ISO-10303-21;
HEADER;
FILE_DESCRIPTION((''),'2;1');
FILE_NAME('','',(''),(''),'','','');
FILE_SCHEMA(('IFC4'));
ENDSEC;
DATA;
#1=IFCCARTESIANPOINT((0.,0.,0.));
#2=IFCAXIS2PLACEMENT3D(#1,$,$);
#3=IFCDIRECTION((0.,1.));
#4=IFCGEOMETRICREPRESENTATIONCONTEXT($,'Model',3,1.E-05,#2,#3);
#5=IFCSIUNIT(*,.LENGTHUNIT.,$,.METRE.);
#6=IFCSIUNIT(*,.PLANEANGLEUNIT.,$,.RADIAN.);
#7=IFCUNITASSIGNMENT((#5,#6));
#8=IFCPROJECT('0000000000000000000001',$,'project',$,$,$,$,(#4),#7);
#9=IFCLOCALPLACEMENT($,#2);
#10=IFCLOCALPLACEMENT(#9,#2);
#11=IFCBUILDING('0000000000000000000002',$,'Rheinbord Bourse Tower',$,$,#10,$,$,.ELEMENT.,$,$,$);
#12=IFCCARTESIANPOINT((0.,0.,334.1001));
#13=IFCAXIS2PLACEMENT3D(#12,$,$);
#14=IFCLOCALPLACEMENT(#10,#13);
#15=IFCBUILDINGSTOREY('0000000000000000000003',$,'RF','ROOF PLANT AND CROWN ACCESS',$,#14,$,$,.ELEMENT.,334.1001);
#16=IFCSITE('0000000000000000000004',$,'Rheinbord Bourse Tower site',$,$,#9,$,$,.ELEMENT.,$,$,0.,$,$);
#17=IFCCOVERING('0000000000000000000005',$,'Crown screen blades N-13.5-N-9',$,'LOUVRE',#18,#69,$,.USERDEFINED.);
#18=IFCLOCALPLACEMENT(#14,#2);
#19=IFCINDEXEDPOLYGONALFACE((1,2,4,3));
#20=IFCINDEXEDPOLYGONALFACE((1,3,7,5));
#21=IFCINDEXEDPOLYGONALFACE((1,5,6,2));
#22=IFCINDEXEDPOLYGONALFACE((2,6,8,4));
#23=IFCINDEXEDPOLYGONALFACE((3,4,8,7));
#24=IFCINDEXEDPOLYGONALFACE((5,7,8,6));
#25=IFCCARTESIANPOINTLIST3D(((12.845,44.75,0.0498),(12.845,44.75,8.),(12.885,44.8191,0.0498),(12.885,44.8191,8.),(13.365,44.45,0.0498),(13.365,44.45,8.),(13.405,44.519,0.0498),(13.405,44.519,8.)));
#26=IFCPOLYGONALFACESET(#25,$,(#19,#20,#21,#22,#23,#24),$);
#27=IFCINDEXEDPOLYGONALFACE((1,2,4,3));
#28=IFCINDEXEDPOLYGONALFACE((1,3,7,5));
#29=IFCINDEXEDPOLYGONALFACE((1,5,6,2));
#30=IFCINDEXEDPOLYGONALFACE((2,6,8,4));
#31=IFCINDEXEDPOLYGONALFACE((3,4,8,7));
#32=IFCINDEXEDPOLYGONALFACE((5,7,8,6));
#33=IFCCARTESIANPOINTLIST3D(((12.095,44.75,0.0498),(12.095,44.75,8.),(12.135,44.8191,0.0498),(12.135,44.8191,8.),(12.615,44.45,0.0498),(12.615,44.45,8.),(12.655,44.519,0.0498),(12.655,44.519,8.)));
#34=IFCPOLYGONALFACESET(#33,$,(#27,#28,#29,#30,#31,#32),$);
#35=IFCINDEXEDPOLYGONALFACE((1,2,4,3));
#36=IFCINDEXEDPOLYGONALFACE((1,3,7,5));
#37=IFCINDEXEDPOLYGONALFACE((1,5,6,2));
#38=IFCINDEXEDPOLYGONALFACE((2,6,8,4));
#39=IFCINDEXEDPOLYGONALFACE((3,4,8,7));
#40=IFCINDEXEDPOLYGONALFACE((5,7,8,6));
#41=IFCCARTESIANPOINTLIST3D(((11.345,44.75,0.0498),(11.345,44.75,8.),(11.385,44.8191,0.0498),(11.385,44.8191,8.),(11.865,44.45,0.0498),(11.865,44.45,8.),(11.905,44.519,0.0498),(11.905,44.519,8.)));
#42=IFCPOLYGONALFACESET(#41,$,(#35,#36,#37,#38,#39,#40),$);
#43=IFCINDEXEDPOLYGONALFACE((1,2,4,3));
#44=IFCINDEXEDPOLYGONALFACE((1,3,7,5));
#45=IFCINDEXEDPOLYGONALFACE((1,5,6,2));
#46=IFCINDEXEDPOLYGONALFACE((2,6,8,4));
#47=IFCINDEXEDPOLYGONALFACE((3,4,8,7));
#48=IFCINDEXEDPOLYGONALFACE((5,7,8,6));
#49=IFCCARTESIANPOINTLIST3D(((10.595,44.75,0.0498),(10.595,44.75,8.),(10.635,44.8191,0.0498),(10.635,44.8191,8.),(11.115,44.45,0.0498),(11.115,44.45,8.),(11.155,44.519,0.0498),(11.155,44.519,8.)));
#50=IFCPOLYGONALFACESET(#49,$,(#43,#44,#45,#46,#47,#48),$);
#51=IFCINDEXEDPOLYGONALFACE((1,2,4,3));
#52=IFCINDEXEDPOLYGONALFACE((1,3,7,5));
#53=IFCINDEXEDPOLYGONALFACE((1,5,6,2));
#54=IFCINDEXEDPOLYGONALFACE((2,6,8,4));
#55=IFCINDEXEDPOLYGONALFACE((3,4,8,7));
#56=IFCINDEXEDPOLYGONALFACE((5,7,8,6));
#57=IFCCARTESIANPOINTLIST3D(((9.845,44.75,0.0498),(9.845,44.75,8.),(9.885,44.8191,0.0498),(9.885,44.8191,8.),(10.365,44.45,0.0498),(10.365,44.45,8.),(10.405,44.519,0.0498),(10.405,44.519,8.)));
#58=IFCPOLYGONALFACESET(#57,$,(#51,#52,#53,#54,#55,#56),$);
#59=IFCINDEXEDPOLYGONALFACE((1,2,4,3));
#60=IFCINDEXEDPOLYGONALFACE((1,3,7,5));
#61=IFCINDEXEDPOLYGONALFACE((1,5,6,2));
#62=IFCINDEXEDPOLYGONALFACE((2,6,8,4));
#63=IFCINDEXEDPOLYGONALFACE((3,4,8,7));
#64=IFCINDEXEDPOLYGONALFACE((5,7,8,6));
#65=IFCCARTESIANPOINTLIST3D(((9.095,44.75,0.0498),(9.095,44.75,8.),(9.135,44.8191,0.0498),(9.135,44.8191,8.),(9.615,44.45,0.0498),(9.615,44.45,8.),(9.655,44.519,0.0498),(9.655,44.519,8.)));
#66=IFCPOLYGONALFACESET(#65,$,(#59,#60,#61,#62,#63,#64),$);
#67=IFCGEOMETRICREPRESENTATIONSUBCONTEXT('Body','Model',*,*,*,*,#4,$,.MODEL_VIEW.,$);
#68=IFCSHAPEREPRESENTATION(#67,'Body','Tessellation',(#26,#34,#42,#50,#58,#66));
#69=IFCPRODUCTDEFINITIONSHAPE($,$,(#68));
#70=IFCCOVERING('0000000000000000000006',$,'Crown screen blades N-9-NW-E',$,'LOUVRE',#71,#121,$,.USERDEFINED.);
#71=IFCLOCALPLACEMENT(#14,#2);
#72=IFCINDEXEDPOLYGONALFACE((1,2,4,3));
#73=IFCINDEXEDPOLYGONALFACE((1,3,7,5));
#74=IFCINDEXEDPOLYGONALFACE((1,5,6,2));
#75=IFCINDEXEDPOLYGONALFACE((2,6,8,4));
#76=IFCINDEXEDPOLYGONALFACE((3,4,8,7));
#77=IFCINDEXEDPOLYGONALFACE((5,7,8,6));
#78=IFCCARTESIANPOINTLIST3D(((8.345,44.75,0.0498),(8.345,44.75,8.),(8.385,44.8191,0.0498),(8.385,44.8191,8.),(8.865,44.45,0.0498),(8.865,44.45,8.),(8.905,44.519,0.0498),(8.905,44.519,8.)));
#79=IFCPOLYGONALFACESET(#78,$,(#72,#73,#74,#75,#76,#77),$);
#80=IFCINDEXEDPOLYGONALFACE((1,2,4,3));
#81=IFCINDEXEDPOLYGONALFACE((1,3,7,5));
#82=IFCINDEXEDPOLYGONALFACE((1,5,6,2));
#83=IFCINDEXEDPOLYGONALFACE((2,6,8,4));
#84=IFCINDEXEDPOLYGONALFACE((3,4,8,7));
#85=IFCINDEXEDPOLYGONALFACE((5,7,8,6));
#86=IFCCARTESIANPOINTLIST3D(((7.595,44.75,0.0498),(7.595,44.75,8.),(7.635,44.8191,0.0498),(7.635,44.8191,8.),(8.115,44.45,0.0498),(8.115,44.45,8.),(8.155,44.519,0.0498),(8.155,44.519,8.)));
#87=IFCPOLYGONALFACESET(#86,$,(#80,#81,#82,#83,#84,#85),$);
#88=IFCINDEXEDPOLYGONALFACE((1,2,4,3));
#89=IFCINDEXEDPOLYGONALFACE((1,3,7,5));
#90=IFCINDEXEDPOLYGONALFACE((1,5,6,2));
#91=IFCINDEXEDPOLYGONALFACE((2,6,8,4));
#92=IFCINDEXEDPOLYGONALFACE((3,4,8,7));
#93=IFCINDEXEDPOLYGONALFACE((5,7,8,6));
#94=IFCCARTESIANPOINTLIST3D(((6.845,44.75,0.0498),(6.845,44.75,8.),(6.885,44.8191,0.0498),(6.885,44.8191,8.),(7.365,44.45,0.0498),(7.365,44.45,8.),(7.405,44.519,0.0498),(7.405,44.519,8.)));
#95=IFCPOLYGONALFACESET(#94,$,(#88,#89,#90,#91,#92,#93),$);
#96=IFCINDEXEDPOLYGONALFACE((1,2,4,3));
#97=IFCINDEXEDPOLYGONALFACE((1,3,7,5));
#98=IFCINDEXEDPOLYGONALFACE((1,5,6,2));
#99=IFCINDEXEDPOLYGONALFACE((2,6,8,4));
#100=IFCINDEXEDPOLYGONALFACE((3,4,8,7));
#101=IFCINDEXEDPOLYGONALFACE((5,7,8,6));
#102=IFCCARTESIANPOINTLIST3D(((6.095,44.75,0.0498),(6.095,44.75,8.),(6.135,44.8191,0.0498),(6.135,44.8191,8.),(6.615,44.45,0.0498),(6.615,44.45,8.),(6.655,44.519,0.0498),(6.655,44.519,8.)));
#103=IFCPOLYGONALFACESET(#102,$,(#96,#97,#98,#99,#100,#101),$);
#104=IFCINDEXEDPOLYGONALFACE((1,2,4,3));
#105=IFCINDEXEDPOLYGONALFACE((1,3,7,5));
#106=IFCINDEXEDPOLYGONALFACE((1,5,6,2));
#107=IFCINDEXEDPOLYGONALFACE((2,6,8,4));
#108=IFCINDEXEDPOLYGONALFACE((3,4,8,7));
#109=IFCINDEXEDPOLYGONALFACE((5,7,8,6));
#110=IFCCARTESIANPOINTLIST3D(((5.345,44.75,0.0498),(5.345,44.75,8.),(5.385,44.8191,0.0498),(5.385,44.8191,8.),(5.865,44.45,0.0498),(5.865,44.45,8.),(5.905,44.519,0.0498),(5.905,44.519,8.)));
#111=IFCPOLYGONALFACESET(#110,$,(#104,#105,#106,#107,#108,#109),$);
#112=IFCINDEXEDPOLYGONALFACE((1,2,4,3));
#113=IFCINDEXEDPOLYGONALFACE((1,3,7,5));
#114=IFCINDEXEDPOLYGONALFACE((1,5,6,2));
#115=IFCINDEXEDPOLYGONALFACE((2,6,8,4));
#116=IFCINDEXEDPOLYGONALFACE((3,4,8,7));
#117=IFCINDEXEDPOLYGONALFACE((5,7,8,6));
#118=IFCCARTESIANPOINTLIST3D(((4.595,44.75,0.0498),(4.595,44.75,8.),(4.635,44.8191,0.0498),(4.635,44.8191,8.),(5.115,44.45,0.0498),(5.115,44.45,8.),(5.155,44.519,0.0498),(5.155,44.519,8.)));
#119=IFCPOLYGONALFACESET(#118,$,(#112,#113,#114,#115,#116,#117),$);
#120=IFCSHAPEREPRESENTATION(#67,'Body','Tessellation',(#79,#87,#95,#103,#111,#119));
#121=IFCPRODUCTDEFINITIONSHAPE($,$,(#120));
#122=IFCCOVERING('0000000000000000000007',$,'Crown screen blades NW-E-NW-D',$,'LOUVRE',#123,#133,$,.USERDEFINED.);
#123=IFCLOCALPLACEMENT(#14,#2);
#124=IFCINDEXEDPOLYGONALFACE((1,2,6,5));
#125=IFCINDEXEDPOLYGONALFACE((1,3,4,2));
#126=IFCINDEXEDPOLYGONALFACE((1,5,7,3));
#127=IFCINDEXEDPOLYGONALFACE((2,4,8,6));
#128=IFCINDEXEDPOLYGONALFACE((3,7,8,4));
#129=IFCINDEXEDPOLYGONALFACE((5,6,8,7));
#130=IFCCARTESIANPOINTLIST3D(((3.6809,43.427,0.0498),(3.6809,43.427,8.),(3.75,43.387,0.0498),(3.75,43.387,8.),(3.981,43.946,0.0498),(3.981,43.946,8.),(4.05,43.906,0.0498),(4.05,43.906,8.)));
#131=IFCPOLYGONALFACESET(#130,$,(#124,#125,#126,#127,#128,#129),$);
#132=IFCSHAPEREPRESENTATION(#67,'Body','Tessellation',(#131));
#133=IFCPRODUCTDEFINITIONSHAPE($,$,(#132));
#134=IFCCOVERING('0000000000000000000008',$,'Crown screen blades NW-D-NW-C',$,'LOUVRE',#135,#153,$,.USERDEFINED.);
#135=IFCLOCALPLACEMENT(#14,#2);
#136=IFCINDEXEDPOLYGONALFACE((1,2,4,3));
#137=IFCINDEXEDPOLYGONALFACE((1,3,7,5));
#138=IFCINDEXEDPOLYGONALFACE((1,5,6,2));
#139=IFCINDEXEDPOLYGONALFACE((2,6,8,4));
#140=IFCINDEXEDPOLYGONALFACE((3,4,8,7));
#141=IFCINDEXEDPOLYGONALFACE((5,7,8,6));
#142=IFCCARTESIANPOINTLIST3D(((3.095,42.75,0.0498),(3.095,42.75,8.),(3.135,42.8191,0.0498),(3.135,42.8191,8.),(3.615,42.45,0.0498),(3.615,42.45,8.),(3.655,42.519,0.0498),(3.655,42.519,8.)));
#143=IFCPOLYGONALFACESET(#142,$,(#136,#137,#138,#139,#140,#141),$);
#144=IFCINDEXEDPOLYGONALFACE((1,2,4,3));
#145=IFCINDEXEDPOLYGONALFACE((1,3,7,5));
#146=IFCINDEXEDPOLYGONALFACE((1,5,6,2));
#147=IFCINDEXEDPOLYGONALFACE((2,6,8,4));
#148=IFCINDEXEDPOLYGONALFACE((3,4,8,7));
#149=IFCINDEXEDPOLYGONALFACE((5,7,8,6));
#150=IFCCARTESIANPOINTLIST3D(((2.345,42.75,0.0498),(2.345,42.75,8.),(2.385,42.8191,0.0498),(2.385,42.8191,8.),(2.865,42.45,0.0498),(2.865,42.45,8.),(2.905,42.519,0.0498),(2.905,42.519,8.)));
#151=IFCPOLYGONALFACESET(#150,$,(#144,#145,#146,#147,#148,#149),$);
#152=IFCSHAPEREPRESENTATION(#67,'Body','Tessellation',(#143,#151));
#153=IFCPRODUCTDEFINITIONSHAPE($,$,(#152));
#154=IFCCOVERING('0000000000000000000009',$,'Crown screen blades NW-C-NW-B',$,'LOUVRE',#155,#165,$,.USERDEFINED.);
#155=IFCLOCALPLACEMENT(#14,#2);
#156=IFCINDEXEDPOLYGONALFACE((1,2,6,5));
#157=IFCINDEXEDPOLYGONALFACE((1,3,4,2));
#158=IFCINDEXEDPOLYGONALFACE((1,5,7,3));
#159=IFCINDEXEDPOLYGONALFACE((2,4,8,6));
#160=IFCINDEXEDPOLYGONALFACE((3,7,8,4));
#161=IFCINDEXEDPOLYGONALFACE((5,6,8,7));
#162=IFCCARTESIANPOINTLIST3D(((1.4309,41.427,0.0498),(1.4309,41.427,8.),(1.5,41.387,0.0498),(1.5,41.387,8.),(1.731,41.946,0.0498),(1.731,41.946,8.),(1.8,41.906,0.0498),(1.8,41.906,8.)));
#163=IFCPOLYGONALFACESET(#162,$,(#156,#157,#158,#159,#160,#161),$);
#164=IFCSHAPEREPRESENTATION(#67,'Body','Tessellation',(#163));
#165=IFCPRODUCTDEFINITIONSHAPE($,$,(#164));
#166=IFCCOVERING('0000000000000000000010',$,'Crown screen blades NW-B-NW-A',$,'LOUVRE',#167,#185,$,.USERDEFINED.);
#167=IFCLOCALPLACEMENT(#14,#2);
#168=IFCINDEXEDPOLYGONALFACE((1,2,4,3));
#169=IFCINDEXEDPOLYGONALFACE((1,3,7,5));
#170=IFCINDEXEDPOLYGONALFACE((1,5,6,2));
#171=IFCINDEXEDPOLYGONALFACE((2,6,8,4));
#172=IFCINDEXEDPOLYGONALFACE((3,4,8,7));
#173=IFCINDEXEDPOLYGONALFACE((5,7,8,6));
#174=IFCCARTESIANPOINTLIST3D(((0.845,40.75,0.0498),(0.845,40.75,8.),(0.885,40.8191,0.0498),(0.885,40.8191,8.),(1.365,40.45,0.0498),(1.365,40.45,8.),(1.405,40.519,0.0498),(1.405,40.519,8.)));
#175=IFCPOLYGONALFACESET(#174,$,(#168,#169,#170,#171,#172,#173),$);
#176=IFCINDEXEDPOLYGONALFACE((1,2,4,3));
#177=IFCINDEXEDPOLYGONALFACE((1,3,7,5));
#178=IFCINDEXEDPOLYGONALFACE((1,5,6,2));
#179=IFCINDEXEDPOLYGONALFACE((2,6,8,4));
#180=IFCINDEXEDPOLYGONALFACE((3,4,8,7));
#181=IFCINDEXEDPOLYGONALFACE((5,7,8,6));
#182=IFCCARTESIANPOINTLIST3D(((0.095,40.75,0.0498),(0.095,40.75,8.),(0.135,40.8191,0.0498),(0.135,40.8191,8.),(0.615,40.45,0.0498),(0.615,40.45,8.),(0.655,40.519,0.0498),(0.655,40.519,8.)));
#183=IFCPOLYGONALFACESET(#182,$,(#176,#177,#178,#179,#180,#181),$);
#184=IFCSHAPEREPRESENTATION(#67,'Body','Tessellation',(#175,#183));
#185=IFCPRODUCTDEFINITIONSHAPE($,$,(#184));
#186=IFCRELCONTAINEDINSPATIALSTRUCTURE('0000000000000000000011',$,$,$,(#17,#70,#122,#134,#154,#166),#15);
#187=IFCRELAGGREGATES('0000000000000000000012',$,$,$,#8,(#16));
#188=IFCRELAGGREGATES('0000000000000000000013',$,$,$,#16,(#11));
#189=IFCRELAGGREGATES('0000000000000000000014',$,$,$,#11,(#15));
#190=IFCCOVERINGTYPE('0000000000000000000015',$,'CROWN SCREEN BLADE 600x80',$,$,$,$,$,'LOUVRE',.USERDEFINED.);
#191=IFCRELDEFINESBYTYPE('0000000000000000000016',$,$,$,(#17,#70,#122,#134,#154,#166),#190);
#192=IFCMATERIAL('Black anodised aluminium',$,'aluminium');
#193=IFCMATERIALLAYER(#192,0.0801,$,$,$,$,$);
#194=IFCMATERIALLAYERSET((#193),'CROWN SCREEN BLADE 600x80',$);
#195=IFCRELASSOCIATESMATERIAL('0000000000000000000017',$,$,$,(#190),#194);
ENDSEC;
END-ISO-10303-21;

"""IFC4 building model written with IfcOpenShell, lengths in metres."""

from ifc_helpers import new_model, si_unit, direction, frame, origin, place, context, subcontext, project, spatial, polyline, outline, extrude, material, layer, layer_set, type_object, element, save


model = new_model("IFC4")

# Units and contexts
model_context = context("Model", 3, precision=1e-05, world=origin(), true_north=direction((0.0, 1.0)))
body_context = subcontext(model_context, "Body", "Model", "MODEL_VIEW")
ifc_project = project(units=[si_unit("LENGTHUNIT", "METRE"), si_unit("PLANEANGLEUNIT", "RADIAN")], contexts=[model_context])

# Site, building, storey
site_placement = place(None, origin())
site = spatial("IfcSite", under=ifc_project, at=site_placement, Name="Rheinbord Bourse Tower site", CompositionType="ELEMENT", RefElevation=0.0)
building_placement = place(site_placement, origin())
building = spatial("IfcBuilding", under=site, at=building_placement, Name="Rheinbord Bourse Tower", CompositionType="ELEMENT")
storey_placement = place(building_placement, frame((0.0, 0.0, 334.1001)))
storey = spatial("IfcBuildingStorey", under=building, at=storey_placement, Name="RF", Description="ROOF PLANT AND CROWN ACCESS", CompositionType="ELEMENT", Elevation=334.1001)

# Coverings
ifc_material_1 = material(Name="Black anodised aluminium", Category="aluminium")
ifc_layer_1 = layer(ifc_material_1, 0.0801)
ifc_layer_set_1 = layer_set([ifc_layer_1], Name="CROWN SCREEN BLADE 600x80")
covering_type_1 = type_object("IfcCoveringType", Name="CROWN SCREEN BLADE 600x80", ElementType="LOUVRE", PredefinedType="USERDEFINED", material=ifc_layer_set_1)
covering_1_placement = place(storey_placement, frame((0.0, 0.0, 0.0498)))
element("IfcCovering", 1, at=covering_1_placement, inside=storey, type_object=covering_type_1, Name="Crown screen blades N-13.5-N-9", ObjectType="LOUVRE", PredefinedType="USERDEFINED", context=body_context, shape_type="SweptSolid", body=[
    extrude(outline(polyline([(13.365, 44.45), (12.845, 44.75), (12.885, 44.8191), (13.405, 44.519), (13.365, 44.45)])), origin(), (0.0, 0.0, 1.0), 7.9502),
    extrude(outline(polyline([(12.615, 44.45), (12.095, 44.75), (12.135, 44.8191), (12.655, 44.519), (12.615, 44.45)])), origin(), (0.0, 0.0, 1.0), 7.9502),
    extrude(outline(polyline([(11.865, 44.45), (11.345, 44.75), (11.385, 44.8191), (11.905, 44.519), (11.865, 44.45)])), origin(), (0.0, 0.0, 1.0), 7.9502),
    extrude(outline(polyline([(11.115, 44.45), (10.595, 44.75), (10.635, 44.8191), (11.155, 44.519), (11.115, 44.45)])), origin(), (0.0, 0.0, 1.0), 7.9502),
    extrude(outline(polyline([(10.365, 44.45), (9.845, 44.75), (9.885, 44.8191), (10.405, 44.519), (10.365, 44.45)])), origin(), (0.0, 0.0, 1.0), 7.9502),
    extrude(outline(polyline([(9.615, 44.45), (9.095, 44.75), (9.135, 44.8191), (9.655, 44.519), (9.615, 44.45)])), origin(), (0.0, 0.0, 1.0), 7.9502),
])
covering_2_placement = place(storey_placement, frame((0.0, 0.0, 0.0498)))
element("IfcCovering", 2, at=covering_2_placement, inside=storey, type_object=covering_type_1, Name="Crown screen blades N-9-NW-E", ObjectType="LOUVRE", PredefinedType="USERDEFINED", context=body_context, shape_type="SweptSolid", body=[
    extrude(outline(polyline([(8.865, 44.45), (8.345, 44.75), (8.385, 44.8191), (8.905, 44.519), (8.865, 44.45)])), origin(), (0.0, 0.0, 1.0), 7.9502),
    extrude(outline(polyline([(8.115, 44.45), (7.595, 44.75), (7.635, 44.8191), (8.155, 44.519), (8.115, 44.45)])), origin(), (0.0, 0.0, 1.0), 7.9502),
    extrude(outline(polyline([(7.365, 44.45), (6.845, 44.75), (6.885, 44.8191), (7.405, 44.519), (7.365, 44.45)])), origin(), (0.0, 0.0, 1.0), 7.9502),
    extrude(outline(polyline([(6.615, 44.45), (6.095, 44.75), (6.135, 44.8191), (6.655, 44.519), (6.615, 44.45)])), origin(), (0.0, 0.0, 1.0), 7.9502),
    extrude(outline(polyline([(5.865, 44.45), (5.345, 44.75), (5.385, 44.8191), (5.905, 44.519), (5.865, 44.45)])), origin(), (0.0, 0.0, 1.0), 7.9502),
    extrude(outline(polyline([(5.115, 44.45), (4.595, 44.75), (4.635, 44.8191), (5.155, 44.519), (5.115, 44.45)])), origin(), (0.0, 0.0, 1.0), 7.9502),
])
covering_3_placement = place(storey_placement, frame((0.0, 0.0, 0.0498)))
element("IfcCovering", 3, at=covering_3_placement, inside=storey, type_object=covering_type_1, Name="Crown screen blades NW-E-NW-D", ObjectType="LOUVRE", PredefinedType="USERDEFINED", context=body_context, shape_type="SweptSolid", body=[
    extrude(outline(polyline([(4.05, 43.906), (3.75, 43.387), (3.6809, 43.427), (3.981, 43.946), (4.05, 43.906)])), origin(), (0.0, 0.0, 1.0), 7.9502),
])
covering_4_placement = place(storey_placement, frame((0.0, 0.0, 0.0498)))
element("IfcCovering", 4, at=covering_4_placement, inside=storey, type_object=covering_type_1, Name="Crown screen blades NW-D-NW-C", ObjectType="LOUVRE", PredefinedType="USERDEFINED", context=body_context, shape_type="SweptSolid", body=[
    extrude(outline(polyline([(3.615, 42.45), (3.095, 42.75), (3.135, 42.8191), (3.655, 42.519), (3.615, 42.45)])), origin(), (0.0, 0.0, 1.0), 7.9502),
    extrude(outline(polyline([(2.865, 42.45), (2.345, 42.75), (2.385, 42.8191), (2.905, 42.519), (2.865, 42.45)])), origin(), (0.0, 0.0, 1.0), 7.9502),
])
covering_5_placement = place(storey_placement, frame((0.0, 0.0, 0.0498)))
element("IfcCovering", 5, at=covering_5_placement, inside=storey, type_object=covering_type_1, Name="Crown screen blades NW-C-NW-B", ObjectType="LOUVRE", PredefinedType="USERDEFINED", context=body_context, shape_type="SweptSolid", body=[
    extrude(outline(polyline([(1.8, 41.906), (1.5, 41.387), (1.4309, 41.427), (1.731, 41.946), (1.8, 41.906)])), origin(), (0.0, 0.0, 1.0), 7.9502),
])
covering_6_placement = place(storey_placement, frame((0.0, 0.0, 0.0498)))
element("IfcCovering", 6, at=covering_6_placement, inside=storey, type_object=covering_type_1, Name="Crown screen blades NW-B-NW-A", ObjectType="LOUVRE", PredefinedType="USERDEFINED", context=body_context, shape_type="SweptSolid", body=[
    extrude(outline(polyline([(1.365, 40.45), (0.845, 40.75), (0.885, 40.8191), (1.405, 40.519), (1.365, 40.45)])), origin(), (0.0, 0.0, 1.0), 7.9502),
    extrude(outline(polyline([(0.615, 40.45), (0.095, 40.75), (0.135, 40.8191), (0.655, 40.519), (0.615, 40.45)])), origin(), (0.0, 0.0, 1.0), 7.9502),
])

save(model, "model.ifc")
